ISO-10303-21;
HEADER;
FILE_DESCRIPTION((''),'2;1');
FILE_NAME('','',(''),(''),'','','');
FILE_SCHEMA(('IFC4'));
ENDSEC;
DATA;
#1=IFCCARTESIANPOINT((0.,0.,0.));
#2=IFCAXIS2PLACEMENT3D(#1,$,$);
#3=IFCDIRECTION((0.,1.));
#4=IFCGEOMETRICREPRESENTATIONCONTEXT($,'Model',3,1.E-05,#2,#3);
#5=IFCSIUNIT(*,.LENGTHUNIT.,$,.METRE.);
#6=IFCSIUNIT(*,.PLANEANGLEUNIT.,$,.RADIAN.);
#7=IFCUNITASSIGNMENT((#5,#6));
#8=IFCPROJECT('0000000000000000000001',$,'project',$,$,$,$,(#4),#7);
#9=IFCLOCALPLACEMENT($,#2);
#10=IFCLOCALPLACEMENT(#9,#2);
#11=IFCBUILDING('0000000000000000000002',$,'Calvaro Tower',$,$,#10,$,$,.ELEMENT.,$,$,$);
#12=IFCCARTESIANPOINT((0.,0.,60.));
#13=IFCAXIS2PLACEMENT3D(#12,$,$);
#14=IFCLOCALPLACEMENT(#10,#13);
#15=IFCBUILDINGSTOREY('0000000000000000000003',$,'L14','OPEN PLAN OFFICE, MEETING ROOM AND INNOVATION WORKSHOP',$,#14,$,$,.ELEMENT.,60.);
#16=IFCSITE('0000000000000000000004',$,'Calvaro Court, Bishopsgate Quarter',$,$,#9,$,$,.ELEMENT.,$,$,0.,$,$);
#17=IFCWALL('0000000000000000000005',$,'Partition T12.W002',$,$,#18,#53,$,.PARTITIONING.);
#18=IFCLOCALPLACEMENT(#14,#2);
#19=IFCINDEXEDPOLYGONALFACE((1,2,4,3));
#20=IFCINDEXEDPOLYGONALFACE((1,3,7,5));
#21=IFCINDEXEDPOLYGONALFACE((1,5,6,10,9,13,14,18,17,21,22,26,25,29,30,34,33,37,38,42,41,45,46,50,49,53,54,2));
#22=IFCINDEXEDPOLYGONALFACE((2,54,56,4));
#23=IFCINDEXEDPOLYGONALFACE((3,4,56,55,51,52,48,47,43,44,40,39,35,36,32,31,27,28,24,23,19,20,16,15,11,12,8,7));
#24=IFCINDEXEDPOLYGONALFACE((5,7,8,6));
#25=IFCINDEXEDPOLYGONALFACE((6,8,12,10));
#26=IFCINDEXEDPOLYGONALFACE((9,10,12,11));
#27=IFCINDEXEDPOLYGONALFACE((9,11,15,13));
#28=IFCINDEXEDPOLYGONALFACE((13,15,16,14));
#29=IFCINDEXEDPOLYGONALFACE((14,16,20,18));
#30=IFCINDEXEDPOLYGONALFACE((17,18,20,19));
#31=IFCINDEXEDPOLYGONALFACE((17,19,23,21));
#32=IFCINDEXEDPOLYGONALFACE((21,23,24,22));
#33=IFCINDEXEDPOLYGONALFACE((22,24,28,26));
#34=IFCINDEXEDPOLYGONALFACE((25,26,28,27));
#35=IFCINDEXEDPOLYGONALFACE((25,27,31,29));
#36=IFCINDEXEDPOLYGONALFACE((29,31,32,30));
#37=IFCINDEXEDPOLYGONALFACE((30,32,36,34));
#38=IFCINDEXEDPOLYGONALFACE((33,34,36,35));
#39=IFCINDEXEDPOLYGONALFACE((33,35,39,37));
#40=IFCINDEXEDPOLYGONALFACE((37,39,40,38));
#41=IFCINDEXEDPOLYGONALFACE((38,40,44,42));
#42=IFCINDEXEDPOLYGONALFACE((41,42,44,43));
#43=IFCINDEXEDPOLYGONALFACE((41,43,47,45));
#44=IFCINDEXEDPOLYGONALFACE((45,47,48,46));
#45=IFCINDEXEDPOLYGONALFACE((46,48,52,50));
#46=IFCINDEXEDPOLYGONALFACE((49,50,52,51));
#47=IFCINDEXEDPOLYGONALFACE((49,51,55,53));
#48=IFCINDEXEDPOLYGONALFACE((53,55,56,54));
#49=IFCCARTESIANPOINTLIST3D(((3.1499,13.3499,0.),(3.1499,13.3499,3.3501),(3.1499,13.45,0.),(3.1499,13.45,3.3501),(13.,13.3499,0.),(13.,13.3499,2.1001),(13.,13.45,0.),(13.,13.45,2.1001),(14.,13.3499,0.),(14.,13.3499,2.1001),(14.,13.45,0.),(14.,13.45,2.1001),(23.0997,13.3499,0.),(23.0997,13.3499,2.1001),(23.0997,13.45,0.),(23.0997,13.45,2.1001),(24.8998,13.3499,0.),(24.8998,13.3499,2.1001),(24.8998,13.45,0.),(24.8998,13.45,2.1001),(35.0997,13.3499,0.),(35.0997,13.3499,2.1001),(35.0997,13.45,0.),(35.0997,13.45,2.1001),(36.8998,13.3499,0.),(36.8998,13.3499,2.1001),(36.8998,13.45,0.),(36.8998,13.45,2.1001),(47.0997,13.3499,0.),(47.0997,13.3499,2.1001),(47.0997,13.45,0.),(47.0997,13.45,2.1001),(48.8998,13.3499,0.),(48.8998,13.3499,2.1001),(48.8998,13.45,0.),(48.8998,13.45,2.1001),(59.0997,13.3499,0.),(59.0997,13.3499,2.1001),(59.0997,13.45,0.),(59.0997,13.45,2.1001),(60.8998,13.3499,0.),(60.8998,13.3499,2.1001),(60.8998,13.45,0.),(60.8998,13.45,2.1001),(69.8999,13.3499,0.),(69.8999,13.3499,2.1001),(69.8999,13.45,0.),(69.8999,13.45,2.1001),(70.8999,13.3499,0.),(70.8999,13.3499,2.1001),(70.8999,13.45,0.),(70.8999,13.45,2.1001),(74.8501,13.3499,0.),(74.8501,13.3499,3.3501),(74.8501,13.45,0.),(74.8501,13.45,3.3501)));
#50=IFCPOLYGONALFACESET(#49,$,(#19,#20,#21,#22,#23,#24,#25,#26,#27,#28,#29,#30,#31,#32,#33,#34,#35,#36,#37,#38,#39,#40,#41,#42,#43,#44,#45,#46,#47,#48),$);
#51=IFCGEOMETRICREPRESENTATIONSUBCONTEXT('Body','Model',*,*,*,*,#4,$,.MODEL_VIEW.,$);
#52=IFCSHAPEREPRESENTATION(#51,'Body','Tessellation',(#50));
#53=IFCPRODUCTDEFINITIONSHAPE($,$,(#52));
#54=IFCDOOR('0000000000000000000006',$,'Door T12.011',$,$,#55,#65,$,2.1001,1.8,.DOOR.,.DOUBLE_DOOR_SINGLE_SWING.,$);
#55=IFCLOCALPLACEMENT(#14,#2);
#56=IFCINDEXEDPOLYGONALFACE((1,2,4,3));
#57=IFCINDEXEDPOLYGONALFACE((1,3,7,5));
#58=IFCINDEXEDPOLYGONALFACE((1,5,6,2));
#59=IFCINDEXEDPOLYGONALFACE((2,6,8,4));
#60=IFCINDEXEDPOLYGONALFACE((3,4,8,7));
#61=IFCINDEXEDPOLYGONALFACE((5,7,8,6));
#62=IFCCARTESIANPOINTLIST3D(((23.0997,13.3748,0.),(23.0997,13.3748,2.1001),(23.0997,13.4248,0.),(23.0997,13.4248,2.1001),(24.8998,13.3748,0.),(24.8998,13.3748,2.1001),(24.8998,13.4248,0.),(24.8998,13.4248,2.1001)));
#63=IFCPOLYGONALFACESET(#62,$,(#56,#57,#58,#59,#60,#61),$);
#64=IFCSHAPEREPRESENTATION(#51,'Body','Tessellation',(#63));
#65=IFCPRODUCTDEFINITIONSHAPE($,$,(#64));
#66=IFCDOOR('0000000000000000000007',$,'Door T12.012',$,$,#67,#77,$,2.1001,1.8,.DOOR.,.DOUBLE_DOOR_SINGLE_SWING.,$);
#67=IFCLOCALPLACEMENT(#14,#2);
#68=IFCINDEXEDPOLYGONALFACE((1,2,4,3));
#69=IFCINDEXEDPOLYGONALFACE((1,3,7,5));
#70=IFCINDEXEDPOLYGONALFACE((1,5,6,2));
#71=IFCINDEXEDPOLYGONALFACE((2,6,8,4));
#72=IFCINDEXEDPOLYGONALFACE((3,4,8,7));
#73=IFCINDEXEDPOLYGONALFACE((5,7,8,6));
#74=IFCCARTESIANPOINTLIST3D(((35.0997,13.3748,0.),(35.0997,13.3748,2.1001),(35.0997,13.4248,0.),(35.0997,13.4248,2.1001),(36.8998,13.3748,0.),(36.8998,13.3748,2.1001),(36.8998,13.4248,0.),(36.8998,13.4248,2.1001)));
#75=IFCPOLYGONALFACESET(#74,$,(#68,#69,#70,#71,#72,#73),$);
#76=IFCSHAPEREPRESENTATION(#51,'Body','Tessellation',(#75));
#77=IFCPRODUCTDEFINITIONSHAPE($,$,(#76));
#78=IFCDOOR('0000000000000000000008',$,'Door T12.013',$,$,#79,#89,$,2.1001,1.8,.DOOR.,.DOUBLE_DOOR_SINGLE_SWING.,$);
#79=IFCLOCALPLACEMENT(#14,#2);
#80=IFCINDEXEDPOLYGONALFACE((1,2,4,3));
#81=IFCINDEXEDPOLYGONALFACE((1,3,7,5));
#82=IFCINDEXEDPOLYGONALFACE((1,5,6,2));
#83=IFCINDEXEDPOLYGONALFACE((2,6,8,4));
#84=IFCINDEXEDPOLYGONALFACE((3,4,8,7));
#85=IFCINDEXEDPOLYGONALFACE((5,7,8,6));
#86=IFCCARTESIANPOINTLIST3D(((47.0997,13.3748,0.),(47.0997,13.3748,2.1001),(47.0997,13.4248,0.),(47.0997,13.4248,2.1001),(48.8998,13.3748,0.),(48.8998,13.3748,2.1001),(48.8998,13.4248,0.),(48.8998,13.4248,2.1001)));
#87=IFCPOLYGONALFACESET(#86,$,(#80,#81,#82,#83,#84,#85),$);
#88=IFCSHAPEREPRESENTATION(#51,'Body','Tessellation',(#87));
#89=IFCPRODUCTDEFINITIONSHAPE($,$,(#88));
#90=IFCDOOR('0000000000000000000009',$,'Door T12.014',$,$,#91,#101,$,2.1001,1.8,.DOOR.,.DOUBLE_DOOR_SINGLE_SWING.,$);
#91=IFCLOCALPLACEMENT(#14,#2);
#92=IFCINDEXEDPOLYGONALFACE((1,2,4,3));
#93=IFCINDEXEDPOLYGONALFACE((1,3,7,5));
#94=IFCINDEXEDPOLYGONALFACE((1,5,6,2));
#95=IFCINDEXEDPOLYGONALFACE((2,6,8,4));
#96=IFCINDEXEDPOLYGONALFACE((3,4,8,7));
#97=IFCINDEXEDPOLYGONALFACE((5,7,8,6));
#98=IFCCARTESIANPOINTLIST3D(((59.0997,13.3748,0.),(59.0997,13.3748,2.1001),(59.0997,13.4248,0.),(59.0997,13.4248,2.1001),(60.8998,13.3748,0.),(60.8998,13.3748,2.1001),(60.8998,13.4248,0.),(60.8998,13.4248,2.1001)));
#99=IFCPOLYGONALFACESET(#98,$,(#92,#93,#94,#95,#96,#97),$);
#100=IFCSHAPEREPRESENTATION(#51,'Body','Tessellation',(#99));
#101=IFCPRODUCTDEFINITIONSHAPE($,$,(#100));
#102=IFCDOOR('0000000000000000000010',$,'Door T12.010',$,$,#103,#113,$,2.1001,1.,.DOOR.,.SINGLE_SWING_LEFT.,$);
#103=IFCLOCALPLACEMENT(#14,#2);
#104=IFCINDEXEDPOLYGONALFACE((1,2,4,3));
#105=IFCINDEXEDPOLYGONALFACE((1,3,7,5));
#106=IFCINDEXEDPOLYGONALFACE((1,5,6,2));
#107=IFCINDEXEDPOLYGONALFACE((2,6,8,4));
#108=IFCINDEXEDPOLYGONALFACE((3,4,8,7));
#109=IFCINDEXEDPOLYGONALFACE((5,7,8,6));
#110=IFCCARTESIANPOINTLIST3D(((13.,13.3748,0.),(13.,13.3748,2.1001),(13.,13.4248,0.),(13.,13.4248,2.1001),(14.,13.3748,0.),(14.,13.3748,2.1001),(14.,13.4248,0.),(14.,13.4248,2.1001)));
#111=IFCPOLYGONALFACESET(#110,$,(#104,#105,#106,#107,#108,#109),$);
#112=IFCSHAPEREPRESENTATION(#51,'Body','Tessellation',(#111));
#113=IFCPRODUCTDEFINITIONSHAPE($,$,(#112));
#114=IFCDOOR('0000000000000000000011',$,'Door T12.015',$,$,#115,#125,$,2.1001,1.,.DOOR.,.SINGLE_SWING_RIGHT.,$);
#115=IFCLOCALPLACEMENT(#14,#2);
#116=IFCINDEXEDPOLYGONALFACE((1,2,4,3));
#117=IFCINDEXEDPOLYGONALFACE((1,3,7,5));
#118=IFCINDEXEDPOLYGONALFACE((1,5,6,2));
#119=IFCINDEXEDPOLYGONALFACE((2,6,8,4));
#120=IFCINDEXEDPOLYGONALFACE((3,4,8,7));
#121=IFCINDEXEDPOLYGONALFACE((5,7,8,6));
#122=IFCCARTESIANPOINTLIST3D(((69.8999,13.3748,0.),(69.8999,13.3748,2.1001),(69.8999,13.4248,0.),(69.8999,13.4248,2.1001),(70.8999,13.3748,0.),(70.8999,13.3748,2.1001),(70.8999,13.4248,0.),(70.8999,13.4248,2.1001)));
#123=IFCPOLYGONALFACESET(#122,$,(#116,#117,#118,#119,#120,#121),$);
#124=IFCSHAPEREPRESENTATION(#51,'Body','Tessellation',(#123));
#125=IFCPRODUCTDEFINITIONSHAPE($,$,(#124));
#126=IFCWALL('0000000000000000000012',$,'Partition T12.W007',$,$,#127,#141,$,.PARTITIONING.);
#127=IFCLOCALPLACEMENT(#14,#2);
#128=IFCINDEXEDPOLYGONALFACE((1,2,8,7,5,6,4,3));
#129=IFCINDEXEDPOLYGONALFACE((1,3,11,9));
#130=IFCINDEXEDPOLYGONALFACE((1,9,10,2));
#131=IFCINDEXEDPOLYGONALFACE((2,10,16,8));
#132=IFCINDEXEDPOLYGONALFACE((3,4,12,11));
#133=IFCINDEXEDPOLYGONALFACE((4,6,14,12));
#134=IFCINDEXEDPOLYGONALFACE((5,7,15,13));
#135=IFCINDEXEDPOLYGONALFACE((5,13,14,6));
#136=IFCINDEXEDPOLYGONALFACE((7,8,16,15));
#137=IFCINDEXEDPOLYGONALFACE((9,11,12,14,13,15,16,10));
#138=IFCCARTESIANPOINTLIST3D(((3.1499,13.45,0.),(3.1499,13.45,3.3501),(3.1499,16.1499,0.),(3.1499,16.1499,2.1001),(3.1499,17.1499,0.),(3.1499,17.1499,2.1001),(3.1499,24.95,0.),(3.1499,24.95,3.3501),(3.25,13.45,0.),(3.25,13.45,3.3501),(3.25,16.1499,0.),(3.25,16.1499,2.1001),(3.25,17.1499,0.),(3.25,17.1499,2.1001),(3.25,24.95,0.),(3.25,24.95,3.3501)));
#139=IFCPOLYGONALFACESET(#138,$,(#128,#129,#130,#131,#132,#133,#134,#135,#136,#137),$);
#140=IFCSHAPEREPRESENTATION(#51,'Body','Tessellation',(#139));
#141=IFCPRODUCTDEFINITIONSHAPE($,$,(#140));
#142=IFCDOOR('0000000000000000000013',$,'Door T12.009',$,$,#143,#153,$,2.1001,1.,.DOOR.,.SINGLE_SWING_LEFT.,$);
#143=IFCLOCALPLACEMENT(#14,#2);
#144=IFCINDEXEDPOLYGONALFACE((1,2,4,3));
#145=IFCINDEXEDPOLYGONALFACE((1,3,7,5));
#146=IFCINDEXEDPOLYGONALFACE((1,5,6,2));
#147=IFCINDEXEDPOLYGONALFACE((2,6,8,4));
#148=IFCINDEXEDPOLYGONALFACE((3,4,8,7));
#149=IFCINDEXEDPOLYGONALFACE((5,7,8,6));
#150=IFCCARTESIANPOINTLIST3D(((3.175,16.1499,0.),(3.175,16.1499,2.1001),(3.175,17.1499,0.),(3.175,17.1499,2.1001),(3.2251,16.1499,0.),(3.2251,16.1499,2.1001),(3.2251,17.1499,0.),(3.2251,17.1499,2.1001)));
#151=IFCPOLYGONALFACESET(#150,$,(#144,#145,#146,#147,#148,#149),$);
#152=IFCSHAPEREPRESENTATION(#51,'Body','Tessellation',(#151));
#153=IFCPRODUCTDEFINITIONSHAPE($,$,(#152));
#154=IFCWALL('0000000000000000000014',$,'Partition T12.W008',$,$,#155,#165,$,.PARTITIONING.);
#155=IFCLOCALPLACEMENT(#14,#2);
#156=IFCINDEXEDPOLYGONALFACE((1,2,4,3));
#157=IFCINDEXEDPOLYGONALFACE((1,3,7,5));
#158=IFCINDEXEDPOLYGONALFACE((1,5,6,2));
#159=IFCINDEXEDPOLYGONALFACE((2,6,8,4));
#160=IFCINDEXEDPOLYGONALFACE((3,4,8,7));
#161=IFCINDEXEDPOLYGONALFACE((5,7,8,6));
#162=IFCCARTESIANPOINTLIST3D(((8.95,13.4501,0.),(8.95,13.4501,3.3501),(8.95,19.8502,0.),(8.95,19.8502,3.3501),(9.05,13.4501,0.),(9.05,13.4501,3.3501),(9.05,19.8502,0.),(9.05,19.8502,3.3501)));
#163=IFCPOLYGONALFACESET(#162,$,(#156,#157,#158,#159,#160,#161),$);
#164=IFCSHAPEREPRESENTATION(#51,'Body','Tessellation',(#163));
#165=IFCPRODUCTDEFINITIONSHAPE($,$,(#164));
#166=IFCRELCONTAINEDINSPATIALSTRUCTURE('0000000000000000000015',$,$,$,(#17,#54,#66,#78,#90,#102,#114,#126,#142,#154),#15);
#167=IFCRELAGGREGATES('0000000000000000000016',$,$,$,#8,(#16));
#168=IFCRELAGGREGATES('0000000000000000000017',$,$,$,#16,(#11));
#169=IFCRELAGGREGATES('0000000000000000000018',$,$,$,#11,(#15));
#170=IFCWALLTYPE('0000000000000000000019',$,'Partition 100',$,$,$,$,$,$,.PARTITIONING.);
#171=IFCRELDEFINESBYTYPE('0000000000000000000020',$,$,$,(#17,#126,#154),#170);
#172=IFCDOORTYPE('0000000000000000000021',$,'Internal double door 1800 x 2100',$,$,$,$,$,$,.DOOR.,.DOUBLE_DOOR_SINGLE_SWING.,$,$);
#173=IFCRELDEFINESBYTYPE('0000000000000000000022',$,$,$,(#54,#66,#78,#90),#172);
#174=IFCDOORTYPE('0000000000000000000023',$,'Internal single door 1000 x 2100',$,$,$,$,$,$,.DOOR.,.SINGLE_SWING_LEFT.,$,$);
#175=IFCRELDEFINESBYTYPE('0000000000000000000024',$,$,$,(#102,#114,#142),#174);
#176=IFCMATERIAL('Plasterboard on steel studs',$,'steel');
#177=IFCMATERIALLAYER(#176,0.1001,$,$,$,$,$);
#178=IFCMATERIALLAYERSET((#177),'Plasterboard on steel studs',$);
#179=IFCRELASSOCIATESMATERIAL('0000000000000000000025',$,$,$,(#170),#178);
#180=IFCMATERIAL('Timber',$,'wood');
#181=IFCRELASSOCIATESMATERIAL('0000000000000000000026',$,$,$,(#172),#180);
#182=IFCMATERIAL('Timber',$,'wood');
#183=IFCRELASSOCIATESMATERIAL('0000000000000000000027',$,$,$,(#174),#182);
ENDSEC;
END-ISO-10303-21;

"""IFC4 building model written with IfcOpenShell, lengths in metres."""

from ifc_helpers import new_model, si_unit, direction, frame, frame_2d, origin, place, context, subcontext, project, spatial, rectangle, extrude, material, layer, layer_set, type_object, element, fill, save


model = new_model("IFC4")

# Units and contexts
model_context = context("Model", 3, precision=1e-05, world=origin(), true_north=direction((0.0, 1.0)))
body_context = subcontext(model_context, "Body", "Model", "MODEL_VIEW")
ifc_project = project(units=[si_unit("LENGTHUNIT", "METRE"), si_unit("PLANEANGLEUNIT", "RADIAN")], contexts=[model_context])

# Site, building, storey
site_placement = place(None, origin())
site = spatial("IfcSite", under=ifc_project, at=site_placement, Name="Calvaro Court, Bishopsgate Quarter", CompositionType="ELEMENT", RefElevation=0.0)
building_placement = place(site_placement, origin())
building = spatial("IfcBuilding", under=site, at=building_placement, Name="Calvaro Tower", CompositionType="ELEMENT")
storey_placement = place(building_placement, frame((0.0, 0.0, 60.0)))
storey = spatial("IfcBuildingStorey", under=building, at=storey_placement, Name="L14", Description="OPEN PLAN OFFICE, MEETING ROOM AND INNOVATION WORKSHOP", CompositionType="ELEMENT", Elevation=60.0)

# Wall, openings, doors
ifc_material_1 = material(Name="Plasterboard on steel studs", Category="steel")
ifc_layer = layer(ifc_material_1, 0.1001)
ifc_layer_set = layer_set([ifc_layer], Name="Plasterboard on steel studs")
wall_type = type_object("IfcWallType", Name="Partition 100", PredefinedType="PARTITIONING", material=ifc_layer_set)
ifc_material_2 = material(Name="Timber", Category="wood")
door_type_1 = type_object("IfcDoorType", Name="Internal double door 1800 x 2100", OperationType="DOUBLE_DOOR_SINGLE_SWING", PredefinedType="DOOR", material=ifc_material_2)
ifc_material_3 = material(Name="Timber", Category="wood")
door_type_2 = type_object("IfcDoorType", Name="Internal single door 1000 x 2100", OperationType="SINGLE_SWING_LEFT", PredefinedType="DOOR", material=ifc_material_3)
wall_1_placement = place(storey_placement, frame((3.1499, 13.3999, 0.0), z_axis=(0.0, 0.0, 1.0), x_axis=(1.0, 0.0, 0.0)))
wall_1 = element("IfcWall", 1, at=wall_1_placement, inside=storey, type_object=wall_type, Name="Partition T12.W002", PredefinedType="PARTITIONING", context=body_context, shape_type="SweptSolid", body=[
    extrude(rectangle(XDim=71.7002, YDim=0.1001, at=frame_2d((35.8501, 0.0))), origin(), (0.0, 0.0, 1.0), 3.3501),
])
opening_1_placement = place(wall_1_placement, frame((9.8501, 0.0, 0.0)))
opening_1 = element("IfcOpeningElement", 2, at=opening_1_placement, cuts=wall_1, PredefinedType="OPENING", context=body_context, shape_type="SweptSolid", body=[
    extrude(rectangle(XDim=1.0, YDim=2.1001, at=frame_2d((0.5, 1.05))), frame((0.0, 0.0601, 0.0), z_axis=(0.0, -1.0, 0.0), x_axis=(1.0, 0.0, 0.0)), (0.0, 0.0, 1.0), 0.1201),
])
opening_2_placement = place(wall_1_placement, frame((19.95, 0.0, 0.0)))
opening_2 = element("IfcOpeningElement", 3, at=opening_2_placement, cuts=wall_1, PredefinedType="OPENING", context=body_context, shape_type="SweptSolid", body=[
    extrude(rectangle(XDim=1.8, YDim=2.1001, at=frame_2d((0.8999, 1.05))), frame((0.0, 0.0601, 0.0), z_axis=(0.0, -1.0, 0.0), x_axis=(1.0, 0.0, 0.0)), (0.0, 0.0, 1.0), 0.1201),
])
opening_3_placement = place(wall_1_placement, frame((31.95, 0.0, 0.0)))
opening_3 = element("IfcOpeningElement", 4, at=opening_3_placement, cuts=wall_1, PredefinedType="OPENING", context=body_context, shape_type="SweptSolid", body=[
    extrude(rectangle(XDim=1.8, YDim=2.1001, at=frame_2d((0.8999, 1.05))), frame((0.0, 0.0601, 0.0), z_axis=(0.0, -1.0, 0.0), x_axis=(1.0, 0.0, 0.0)), (0.0, 0.0, 1.0), 0.1201),
])
opening_4_placement = place(wall_1_placement, frame((43.95, 0.0, 0.0)))
opening_4 = element("IfcOpeningElement", 5, at=opening_4_placement, cuts=wall_1, PredefinedType="OPENING", context=body_context, shape_type="SweptSolid", body=[
    extrude(rectangle(XDim=1.8, YDim=2.1001, at=frame_2d((0.8999, 1.05))), frame((0.0, 0.0601, 0.0), z_axis=(0.0, -1.0, 0.0), x_axis=(1.0, 0.0, 0.0)), (0.0, 0.0, 1.0), 0.1201),
])
opening_5_placement = place(wall_1_placement, frame((55.95, 0.0, 0.0)))
opening_5 = element("IfcOpeningElement", 6, at=opening_5_placement, cuts=wall_1, PredefinedType="OPENING", context=body_context, shape_type="SweptSolid", body=[
    extrude(rectangle(XDim=1.8, YDim=2.1001, at=frame_2d((0.8999, 1.05))), frame((0.0, 0.0601, 0.0), z_axis=(0.0, -1.0, 0.0), x_axis=(1.0, 0.0, 0.0)), (0.0, 0.0, 1.0), 0.1201),
])
opening_6_placement = place(wall_1_placement, frame((66.75, 0.0, 0.0)))
opening_6 = element("IfcOpeningElement", 7, at=opening_6_placement, cuts=wall_1, PredefinedType="OPENING", context=body_context, shape_type="SweptSolid", body=[
    extrude(rectangle(XDim=1.0, YDim=2.1001, at=frame_2d((0.5, 1.05))), frame((0.0, 0.0601, 0.0), z_axis=(0.0, -1.0, 0.0), x_axis=(1.0, 0.0, 0.0)), (0.0, 0.0, 1.0), 0.1201),
])
door_1_placement = place(opening_2_placement, origin())
door_1 = element("IfcDoor", 8, at=door_1_placement, inside=storey, type_object=door_type_1, Name="Door T12.011", OperationType="DOUBLE_DOOR_SINGLE_SWING", OverallHeight=2.1001, OverallWidth=1.8, PredefinedType="DOOR", context=body_context, shape_type="SweptSolid", body=[
    extrude(rectangle(XDim=1.8, YDim=2.1001, at=frame_2d((0.8999, 1.05))), frame((0.0, 0.0249, 0.0), z_axis=(0.0, -1.0, 0.0), x_axis=(1.0, 0.0, 0.0)), (0.0, 0.0, 1.0), 0.05),
])
fill(opening_2, door_1)
door_2_placement = place(opening_3_placement, origin())
door_2 = element("IfcDoor", 9, at=door_2_placement, inside=storey, type_object=door_type_1, Name="Door T12.012", OperationType="DOUBLE_DOOR_SINGLE_SWING", OverallHeight=2.1001, OverallWidth=1.8, PredefinedType="DOOR", context=body_context, shape_type="SweptSolid", body=[
    extrude(rectangle(XDim=1.8, YDim=2.1001, at=frame_2d((0.8999, 1.05))), frame((0.0, 0.0249, 0.0), z_axis=(0.0, -1.0, 0.0), x_axis=(1.0, 0.0, 0.0)), (0.0, 0.0, 1.0), 0.05),
])
fill(opening_3, door_2)
door_3_placement = place(opening_4_placement, origin())
door_3 = element("IfcDoor", 10, at=door_3_placement, inside=storey, type_object=door_type_1, Name="Door T12.013", OperationType="DOUBLE_DOOR_SINGLE_SWING", OverallHeight=2.1001, OverallWidth=1.8, PredefinedType="DOOR", context=body_context, shape_type="SweptSolid", body=[
    extrude(rectangle(XDim=1.8, YDim=2.1001, at=frame_2d((0.8999, 1.05))), frame((0.0, 0.0249, 0.0), z_axis=(0.0, -1.0, 0.0), x_axis=(1.0, 0.0, 0.0)), (0.0, 0.0, 1.0), 0.05),
])
fill(opening_4, door_3)
door_4_placement = place(opening_5_placement, origin())
door_4 = element("IfcDoor", 11, at=door_4_placement, inside=storey, type_object=door_type_1, Name="Door T12.014", OperationType="DOUBLE_DOOR_SINGLE_SWING", OverallHeight=2.1001, OverallWidth=1.8, PredefinedType="DOOR", context=body_context, shape_type="SweptSolid", body=[
    extrude(rectangle(XDim=1.8, YDim=2.1001, at=frame_2d((0.8999, 1.05))), frame((0.0, 0.0249, 0.0), z_axis=(0.0, -1.0, 0.0), x_axis=(1.0, 0.0, 0.0)), (0.0, 0.0, 1.0), 0.05),
])
fill(opening_5, door_4)
door_5_placement = place(opening_1_placement, origin())
door_5 = element("IfcDoor", 12, at=door_5_placement, inside=storey, type_object=door_type_2, Name="Door T12.010", OperationType="SINGLE_SWING_LEFT", OverallHeight=2.1001, OverallWidth=1.0, PredefinedType="DOOR", context=body_context, shape_type="SweptSolid", body=[
    extrude(rectangle(XDim=1.0, YDim=2.1001, at=frame_2d((0.5, 1.05))), frame((0.0, 0.0249, 0.0), z_axis=(0.0, -1.0, 0.0), x_axis=(1.0, 0.0, 0.0)), (0.0, 0.0, 1.0), 0.05),
])
fill(opening_1, door_5)
door_6_placement = place(opening_6_placement, origin())
door_6 = element("IfcDoor", 13, at=door_6_placement, inside=storey, type_object=door_type_2, Name="Door T12.015", OperationType="SINGLE_SWING_RIGHT", OverallHeight=2.1001, OverallWidth=1.0, PredefinedType="DOOR", context=body_context, shape_type="SweptSolid", body=[
    extrude(rectangle(XDim=1.0, YDim=2.1001, at=frame_2d((0.5, 1.05))), frame((0.0, 0.0249, 0.0), z_axis=(0.0, -1.0, 0.0), x_axis=(1.0, 0.0, 0.0)), (0.0, 0.0, 1.0), 0.05),
])
fill(opening_6, door_6)

# Wall, opening, door
wall_2_placement = place(storey_placement, frame((3.2, 13.45, 0.0), z_axis=(0.0, 0.0, 1.0), x_axis=(0.0, 1.0, 0.0)))
wall_2 = element("IfcWall", 14, at=wall_2_placement, inside=storey, type_object=wall_type, Name="Partition T12.W007", PredefinedType="PARTITIONING", context=body_context, shape_type="SweptSolid", body=[
    extrude(rectangle(XDim=11.5, YDim=0.1001, at=frame_2d((5.75, 0.0))), origin(), (0.0, 0.0, 1.0), 3.3501),
])
opening_7_placement = place(wall_2_placement, frame((2.7, 0.0, 0.0)))
opening_7 = element("IfcOpeningElement", 15, at=opening_7_placement, cuts=wall_2, PredefinedType="OPENING", context=body_context, shape_type="SweptSolid", body=[
    extrude(rectangle(XDim=1.0, YDim=2.1001, at=frame_2d((0.5, 1.05))), frame((0.0, 0.0601, 0.0), z_axis=(0.0, -1.0, 0.0), x_axis=(1.0, 0.0, 0.0)), (0.0, 0.0, 1.0), 0.1201),
])
door_7_placement = place(opening_7_placement, origin())
door_7 = element("IfcDoor", 16, at=door_7_placement, inside=storey, type_object=door_type_2, Name="Door T12.009", OperationType="SINGLE_SWING_LEFT", OverallHeight=2.1001, OverallWidth=1.0, PredefinedType="DOOR", context=body_context, shape_type="SweptSolid", body=[
    extrude(rectangle(XDim=1.0, YDim=2.1001, at=frame_2d((0.5, 1.05))), frame((0.0, 0.0249, 0.0), z_axis=(0.0, -1.0, 0.0), x_axis=(1.0, 0.0, 0.0)), (0.0, 0.0, 1.0), 0.05),
])
fill(opening_7, door_7)

# Wall
wall_3_placement = place(storey_placement, frame((9.0, 13.45, 0.0), z_axis=(0.0, 0.0, 1.0), x_axis=(0.0, 1.0, 0.0)))
element("IfcWall", 17, at=wall_3_placement, inside=storey, type_object=wall_type, Name="Partition T12.W008", PredefinedType="PARTITIONING", context=body_context, shape_type="SweptSolid", body=[
    extrude(rectangle(XDim=6.4001, YDim=0.1001, at=frame_2d((3.2002, 0.0))), origin(), (0.0, 0.0, 1.0), 3.3501),
])

save(model, "model.ifc")
